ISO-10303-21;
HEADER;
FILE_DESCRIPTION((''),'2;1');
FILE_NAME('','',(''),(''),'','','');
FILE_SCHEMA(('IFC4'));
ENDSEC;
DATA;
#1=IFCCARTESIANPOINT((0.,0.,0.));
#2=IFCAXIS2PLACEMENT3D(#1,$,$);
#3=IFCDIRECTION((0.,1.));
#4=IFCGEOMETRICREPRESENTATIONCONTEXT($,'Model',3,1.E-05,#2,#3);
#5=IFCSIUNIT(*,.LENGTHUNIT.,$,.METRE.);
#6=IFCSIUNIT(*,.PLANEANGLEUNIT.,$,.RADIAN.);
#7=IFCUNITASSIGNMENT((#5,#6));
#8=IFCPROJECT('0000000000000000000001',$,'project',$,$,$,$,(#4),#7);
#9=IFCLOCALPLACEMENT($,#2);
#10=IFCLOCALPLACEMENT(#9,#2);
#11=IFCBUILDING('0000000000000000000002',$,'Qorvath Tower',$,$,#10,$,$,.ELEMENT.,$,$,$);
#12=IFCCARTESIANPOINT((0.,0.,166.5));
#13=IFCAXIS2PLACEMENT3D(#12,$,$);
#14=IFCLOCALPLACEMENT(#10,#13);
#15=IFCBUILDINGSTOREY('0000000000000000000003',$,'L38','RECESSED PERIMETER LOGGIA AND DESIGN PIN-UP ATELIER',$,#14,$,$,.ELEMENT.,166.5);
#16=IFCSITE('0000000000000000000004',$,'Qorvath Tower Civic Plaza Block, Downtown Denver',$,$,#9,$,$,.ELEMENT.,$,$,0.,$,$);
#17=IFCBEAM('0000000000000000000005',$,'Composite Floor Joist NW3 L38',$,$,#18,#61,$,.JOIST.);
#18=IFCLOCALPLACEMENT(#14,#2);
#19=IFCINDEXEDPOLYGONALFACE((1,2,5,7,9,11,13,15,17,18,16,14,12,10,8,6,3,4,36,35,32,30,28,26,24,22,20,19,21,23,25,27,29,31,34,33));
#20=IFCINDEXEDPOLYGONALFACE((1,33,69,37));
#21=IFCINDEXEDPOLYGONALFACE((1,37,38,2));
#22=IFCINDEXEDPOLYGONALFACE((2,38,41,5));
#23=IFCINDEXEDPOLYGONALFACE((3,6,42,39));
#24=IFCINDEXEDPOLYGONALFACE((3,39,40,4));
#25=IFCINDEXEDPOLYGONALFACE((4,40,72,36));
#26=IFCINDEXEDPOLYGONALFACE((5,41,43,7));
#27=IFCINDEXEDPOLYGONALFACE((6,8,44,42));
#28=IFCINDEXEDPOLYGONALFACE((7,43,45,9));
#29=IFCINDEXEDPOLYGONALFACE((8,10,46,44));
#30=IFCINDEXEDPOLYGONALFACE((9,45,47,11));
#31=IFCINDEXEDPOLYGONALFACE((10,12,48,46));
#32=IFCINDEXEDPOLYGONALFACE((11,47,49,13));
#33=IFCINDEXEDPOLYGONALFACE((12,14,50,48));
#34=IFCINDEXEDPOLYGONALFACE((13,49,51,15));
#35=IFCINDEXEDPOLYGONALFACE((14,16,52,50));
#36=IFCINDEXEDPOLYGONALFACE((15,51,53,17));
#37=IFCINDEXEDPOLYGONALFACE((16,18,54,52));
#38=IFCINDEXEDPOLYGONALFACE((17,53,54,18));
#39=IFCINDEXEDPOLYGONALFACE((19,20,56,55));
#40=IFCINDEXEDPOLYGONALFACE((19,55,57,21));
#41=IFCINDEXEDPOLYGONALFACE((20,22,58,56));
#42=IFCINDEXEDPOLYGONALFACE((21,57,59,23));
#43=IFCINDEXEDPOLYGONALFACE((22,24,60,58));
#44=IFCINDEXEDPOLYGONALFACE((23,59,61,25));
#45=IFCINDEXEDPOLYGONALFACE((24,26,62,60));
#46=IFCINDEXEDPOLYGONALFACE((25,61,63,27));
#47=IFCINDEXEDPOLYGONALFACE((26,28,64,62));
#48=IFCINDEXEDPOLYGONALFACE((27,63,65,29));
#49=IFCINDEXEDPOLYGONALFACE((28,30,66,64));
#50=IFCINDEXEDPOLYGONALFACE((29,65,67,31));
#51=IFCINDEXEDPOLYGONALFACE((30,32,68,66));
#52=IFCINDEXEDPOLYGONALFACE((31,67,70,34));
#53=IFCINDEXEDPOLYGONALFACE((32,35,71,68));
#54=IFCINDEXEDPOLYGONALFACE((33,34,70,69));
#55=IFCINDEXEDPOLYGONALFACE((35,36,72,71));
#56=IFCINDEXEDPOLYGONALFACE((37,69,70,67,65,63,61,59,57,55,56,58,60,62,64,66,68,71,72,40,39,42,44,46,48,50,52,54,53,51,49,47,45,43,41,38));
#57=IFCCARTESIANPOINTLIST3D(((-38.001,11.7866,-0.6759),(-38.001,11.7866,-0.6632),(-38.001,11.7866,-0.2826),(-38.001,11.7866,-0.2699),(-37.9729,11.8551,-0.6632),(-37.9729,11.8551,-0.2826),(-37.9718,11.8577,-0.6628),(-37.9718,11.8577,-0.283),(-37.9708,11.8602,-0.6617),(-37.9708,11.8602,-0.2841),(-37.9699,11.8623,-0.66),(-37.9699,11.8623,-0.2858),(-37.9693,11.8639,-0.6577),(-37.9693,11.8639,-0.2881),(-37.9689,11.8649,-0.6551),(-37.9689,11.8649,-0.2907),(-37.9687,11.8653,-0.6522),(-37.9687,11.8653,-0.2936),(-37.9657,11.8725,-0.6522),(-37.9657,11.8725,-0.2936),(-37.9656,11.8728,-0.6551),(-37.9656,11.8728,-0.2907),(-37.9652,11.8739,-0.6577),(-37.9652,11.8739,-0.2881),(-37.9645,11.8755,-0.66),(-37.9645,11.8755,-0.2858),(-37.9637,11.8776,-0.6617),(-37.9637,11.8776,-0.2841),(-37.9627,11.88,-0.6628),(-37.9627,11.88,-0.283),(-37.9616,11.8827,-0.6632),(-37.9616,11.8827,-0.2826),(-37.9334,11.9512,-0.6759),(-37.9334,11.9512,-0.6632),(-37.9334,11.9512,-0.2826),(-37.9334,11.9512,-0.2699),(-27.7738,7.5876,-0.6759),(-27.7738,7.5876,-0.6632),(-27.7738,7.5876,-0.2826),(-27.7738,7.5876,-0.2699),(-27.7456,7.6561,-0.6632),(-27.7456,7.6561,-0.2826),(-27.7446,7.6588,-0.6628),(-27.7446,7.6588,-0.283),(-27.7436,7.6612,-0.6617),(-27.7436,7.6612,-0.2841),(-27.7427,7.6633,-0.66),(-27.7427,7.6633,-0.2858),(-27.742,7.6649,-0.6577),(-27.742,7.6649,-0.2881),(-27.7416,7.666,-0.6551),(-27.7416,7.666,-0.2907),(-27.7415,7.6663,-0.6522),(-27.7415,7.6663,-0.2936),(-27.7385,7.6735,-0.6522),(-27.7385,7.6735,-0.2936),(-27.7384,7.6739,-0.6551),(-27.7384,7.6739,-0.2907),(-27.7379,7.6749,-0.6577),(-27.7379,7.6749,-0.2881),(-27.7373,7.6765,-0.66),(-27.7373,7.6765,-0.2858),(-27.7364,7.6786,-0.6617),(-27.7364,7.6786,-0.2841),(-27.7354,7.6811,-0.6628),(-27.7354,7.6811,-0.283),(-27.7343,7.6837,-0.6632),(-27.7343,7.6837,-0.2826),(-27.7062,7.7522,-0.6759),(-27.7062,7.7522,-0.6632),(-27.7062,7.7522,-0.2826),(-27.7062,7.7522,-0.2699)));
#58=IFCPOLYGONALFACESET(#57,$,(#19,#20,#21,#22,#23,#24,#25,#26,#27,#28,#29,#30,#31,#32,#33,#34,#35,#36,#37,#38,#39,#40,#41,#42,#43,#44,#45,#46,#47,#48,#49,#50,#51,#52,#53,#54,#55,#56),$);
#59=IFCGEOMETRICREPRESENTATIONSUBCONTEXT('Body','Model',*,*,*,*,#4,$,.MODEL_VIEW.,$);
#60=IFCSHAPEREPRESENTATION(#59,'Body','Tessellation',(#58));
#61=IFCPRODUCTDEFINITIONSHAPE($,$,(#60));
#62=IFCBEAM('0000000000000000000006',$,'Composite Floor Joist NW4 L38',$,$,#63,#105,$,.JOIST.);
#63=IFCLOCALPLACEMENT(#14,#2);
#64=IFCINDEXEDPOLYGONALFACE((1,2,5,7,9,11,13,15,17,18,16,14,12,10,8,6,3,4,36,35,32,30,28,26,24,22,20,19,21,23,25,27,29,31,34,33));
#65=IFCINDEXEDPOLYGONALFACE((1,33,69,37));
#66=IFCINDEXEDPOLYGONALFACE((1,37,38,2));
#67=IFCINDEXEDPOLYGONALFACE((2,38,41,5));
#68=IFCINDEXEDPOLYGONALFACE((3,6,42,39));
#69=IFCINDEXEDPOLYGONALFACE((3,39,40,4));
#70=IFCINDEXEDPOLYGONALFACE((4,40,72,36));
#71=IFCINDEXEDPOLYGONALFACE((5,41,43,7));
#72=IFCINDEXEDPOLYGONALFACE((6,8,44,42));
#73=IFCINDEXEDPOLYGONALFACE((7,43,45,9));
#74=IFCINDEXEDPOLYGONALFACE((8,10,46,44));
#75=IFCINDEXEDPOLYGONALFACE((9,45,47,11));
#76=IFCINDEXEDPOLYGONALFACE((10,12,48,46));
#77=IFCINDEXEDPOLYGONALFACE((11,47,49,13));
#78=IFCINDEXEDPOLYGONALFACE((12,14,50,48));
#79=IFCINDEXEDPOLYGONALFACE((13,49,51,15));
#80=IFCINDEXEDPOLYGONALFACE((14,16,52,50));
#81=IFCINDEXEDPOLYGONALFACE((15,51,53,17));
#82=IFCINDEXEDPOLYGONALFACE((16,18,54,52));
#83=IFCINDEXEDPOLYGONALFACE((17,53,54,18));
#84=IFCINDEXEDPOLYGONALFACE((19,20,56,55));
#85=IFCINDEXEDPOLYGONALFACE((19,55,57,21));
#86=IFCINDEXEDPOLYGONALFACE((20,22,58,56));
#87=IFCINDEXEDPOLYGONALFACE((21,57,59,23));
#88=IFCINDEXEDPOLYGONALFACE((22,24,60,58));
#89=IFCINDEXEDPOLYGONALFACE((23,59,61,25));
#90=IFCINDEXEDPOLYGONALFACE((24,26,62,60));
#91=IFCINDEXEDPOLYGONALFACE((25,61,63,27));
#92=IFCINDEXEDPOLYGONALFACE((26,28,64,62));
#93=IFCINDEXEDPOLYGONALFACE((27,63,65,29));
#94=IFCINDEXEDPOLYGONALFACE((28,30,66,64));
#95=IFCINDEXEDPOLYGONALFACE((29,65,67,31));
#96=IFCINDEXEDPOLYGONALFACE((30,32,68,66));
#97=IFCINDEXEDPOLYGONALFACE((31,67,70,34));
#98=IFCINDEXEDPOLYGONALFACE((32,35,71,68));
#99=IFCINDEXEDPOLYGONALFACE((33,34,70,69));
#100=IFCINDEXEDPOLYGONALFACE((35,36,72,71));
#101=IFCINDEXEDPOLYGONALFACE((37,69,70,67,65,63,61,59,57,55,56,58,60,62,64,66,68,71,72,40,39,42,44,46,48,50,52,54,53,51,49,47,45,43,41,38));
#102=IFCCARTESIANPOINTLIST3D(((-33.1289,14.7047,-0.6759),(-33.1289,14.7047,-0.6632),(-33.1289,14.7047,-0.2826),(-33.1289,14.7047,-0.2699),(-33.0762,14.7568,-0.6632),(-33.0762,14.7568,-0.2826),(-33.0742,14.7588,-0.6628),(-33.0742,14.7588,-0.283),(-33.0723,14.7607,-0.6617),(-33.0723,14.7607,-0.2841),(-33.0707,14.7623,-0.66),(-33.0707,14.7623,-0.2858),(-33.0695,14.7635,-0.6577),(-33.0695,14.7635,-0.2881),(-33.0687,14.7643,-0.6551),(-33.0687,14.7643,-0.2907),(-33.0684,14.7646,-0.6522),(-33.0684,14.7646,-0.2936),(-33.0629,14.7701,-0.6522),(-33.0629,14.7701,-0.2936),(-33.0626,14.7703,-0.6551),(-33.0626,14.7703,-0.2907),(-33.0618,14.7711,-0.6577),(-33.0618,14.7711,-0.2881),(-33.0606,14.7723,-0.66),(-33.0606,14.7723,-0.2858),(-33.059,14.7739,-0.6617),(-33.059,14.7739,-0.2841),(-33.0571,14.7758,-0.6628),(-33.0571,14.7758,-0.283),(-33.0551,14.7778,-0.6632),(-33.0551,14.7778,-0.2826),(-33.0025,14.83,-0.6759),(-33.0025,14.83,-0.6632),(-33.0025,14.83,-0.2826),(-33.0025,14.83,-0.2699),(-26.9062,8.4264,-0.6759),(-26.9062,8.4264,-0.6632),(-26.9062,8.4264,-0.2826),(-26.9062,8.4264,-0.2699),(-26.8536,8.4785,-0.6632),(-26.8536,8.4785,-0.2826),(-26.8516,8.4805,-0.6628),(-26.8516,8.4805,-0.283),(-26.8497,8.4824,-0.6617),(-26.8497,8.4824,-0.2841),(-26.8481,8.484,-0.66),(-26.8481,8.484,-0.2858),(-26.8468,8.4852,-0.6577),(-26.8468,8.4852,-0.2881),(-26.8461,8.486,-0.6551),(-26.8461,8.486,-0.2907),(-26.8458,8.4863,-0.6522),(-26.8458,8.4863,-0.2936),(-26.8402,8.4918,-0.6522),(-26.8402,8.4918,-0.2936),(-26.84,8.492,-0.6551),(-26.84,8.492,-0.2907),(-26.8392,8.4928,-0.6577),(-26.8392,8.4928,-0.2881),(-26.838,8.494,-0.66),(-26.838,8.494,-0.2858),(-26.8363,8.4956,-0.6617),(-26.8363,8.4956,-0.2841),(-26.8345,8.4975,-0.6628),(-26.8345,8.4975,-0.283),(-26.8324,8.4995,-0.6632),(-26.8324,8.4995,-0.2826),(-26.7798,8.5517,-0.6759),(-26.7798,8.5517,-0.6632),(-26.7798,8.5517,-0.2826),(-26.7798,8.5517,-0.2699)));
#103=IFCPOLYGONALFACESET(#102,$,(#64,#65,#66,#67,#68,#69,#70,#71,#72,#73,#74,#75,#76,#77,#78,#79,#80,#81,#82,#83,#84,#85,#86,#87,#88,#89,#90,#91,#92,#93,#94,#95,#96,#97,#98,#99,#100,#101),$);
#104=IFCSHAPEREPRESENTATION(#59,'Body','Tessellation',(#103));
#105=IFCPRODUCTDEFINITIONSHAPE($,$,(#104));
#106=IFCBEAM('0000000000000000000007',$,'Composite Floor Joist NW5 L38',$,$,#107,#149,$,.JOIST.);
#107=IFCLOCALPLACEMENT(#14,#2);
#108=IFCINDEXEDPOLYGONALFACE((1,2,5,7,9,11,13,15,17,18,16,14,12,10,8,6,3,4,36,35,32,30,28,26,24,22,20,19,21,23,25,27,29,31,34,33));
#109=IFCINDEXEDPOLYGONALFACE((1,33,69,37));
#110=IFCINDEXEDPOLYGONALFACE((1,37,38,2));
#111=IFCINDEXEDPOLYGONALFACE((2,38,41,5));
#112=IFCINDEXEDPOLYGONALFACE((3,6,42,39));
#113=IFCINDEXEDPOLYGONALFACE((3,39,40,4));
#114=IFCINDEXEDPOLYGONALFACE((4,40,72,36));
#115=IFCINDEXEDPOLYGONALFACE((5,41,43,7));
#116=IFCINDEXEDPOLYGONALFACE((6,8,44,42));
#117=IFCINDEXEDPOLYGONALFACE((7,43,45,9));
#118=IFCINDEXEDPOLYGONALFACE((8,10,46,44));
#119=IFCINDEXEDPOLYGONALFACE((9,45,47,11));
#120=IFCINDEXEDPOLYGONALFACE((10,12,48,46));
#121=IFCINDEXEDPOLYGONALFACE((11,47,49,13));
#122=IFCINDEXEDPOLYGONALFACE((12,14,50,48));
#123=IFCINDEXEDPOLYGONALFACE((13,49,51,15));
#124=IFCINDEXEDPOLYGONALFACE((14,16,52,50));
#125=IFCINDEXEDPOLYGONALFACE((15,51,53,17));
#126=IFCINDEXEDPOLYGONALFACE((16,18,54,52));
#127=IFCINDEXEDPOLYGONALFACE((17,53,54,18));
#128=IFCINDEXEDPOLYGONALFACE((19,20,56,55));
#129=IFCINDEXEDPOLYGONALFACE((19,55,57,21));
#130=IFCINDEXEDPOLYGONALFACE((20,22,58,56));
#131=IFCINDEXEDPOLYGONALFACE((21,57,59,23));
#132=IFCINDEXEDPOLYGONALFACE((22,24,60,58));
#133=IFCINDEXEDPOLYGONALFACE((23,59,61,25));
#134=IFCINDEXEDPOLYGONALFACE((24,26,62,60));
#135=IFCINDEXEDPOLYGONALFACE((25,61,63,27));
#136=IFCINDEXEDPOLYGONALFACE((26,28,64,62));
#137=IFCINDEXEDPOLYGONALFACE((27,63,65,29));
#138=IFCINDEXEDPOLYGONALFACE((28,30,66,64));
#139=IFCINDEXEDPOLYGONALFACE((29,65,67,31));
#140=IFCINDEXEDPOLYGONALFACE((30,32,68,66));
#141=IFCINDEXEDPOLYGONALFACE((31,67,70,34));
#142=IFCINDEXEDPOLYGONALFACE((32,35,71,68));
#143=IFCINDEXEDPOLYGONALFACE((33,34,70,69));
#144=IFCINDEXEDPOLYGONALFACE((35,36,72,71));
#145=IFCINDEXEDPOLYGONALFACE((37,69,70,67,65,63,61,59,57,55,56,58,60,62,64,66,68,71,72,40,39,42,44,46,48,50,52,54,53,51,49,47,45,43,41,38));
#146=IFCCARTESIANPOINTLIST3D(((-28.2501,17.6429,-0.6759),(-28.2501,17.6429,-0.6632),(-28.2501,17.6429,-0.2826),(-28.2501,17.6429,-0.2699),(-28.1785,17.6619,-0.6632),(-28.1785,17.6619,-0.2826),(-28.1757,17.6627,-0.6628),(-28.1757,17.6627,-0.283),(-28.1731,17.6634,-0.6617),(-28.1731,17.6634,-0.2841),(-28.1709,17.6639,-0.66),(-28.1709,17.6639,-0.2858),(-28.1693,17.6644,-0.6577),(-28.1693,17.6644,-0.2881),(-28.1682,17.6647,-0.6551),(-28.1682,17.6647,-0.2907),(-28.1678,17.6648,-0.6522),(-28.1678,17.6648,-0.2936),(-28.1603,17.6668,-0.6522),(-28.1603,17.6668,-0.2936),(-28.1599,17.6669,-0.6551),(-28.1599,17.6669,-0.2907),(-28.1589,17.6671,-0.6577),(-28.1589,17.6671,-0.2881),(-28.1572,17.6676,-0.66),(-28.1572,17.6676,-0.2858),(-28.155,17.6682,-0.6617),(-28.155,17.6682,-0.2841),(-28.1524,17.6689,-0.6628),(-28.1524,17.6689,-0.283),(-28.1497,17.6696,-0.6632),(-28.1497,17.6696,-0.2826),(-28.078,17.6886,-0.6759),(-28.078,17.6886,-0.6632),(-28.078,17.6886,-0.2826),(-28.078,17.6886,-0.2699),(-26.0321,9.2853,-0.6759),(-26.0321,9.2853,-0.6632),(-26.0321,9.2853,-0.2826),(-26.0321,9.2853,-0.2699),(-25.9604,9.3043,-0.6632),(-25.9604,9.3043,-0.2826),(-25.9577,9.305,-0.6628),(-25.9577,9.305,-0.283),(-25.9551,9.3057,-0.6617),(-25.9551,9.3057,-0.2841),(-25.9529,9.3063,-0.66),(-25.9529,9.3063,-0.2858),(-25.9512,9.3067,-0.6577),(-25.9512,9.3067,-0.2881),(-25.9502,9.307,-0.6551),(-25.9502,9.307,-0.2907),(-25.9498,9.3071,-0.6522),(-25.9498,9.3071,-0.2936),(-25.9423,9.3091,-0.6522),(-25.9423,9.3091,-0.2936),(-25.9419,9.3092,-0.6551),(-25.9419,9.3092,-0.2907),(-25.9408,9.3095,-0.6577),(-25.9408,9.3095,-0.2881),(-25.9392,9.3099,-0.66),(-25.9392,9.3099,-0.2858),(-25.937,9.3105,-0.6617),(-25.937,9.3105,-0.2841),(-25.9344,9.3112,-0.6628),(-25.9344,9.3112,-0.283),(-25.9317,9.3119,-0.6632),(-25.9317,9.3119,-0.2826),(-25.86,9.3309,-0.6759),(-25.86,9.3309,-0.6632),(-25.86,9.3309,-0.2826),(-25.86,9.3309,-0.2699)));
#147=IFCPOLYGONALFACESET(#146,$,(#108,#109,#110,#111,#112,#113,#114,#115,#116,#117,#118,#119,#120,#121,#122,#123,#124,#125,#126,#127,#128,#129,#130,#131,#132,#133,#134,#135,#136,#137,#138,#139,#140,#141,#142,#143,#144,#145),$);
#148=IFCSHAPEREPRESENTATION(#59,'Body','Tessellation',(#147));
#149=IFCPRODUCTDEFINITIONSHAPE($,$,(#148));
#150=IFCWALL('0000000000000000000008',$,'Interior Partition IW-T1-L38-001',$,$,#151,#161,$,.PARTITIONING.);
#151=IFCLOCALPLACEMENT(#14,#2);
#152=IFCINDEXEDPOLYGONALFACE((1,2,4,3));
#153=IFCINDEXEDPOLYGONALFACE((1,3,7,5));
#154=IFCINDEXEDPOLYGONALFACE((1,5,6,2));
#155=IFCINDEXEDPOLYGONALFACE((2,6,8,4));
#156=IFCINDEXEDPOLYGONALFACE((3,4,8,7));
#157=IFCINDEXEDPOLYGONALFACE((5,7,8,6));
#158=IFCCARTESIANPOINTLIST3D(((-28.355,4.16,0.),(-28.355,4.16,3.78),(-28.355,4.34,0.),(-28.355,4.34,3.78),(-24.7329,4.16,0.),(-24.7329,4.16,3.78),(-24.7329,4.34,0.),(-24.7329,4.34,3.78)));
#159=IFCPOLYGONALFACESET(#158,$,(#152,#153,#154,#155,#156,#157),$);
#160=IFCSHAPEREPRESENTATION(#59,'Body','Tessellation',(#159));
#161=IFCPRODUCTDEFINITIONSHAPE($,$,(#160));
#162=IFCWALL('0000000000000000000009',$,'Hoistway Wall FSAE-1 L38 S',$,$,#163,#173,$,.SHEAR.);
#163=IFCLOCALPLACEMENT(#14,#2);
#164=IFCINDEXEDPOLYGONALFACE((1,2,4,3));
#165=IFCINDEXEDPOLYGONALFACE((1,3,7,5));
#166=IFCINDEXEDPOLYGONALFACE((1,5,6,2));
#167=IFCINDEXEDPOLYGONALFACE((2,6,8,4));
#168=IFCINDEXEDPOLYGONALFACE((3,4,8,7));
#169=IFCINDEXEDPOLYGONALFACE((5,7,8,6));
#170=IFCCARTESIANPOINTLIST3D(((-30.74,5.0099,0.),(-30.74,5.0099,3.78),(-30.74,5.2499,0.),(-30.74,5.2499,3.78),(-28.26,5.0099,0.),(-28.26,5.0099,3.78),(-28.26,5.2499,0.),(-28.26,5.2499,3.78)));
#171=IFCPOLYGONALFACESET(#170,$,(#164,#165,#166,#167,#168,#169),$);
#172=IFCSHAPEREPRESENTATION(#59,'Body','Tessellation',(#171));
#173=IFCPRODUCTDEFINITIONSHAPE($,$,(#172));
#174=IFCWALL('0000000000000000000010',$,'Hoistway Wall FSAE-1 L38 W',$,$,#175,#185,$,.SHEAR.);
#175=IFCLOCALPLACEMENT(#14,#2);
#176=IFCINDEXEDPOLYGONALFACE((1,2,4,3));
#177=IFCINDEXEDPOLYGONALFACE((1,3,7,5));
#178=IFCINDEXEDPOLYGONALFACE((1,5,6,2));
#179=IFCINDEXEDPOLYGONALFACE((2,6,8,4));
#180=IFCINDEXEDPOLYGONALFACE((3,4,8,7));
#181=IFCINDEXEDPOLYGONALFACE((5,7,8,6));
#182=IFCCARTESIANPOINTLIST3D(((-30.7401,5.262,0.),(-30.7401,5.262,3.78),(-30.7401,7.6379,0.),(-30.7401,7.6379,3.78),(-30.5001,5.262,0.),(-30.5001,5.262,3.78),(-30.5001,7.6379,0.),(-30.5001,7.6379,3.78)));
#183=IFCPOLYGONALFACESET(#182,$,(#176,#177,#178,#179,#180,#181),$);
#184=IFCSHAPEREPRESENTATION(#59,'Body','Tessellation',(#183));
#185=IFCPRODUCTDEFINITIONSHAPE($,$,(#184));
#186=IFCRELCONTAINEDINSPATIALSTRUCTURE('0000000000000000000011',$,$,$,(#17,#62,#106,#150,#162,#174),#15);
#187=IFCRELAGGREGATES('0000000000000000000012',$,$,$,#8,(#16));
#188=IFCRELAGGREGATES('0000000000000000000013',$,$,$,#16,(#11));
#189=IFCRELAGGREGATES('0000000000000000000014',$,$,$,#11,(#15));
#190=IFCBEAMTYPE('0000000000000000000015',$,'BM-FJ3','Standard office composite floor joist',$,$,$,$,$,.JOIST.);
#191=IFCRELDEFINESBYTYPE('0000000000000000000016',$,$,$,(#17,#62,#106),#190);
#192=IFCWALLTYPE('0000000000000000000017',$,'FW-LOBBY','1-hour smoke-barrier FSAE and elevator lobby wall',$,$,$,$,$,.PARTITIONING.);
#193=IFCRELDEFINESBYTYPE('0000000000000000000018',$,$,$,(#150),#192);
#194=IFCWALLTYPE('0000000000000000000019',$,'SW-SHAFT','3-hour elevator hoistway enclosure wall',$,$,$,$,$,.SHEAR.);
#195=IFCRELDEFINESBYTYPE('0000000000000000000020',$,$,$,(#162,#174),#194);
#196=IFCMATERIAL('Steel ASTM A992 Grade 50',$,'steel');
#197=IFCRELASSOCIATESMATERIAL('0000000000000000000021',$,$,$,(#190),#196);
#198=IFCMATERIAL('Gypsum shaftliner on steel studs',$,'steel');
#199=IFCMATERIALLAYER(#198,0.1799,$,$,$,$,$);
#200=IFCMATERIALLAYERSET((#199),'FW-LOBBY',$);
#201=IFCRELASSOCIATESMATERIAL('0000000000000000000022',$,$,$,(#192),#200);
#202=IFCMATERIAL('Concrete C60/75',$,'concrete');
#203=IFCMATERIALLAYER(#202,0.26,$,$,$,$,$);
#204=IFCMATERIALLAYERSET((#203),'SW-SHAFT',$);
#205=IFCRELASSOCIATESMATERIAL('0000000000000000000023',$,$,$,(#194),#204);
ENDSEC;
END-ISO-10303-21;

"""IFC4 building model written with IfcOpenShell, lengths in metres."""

from ifc_helpers import new_model, si_unit, direction, frame, frame_2d, origin, origin_2d, place, context, subcontext, project, spatial, rectangle, i_section, extrude, material, layer, layer_set, material_profile, profile_set, type_object, element, save


model = new_model("IFC4")

# Units and contexts
model_context = context("Model", 3, precision=1e-05, world=origin(), true_north=direction((0.0, 1.0)))
body_context = subcontext(model_context, "Body", "Model", "MODEL_VIEW")
ifc_project = project(units=[si_unit("LENGTHUNIT", "METRE"), si_unit("PLANEANGLEUNIT", "RADIAN")], contexts=[model_context])

# Site, building, storey
site_placement = place(None, origin())
site = spatial("IfcSite", under=ifc_project, at=site_placement, Name="Qorvath Tower Civic Plaza Block, Downtown Denver", CompositionType="ELEMENT", RefElevation=0.0)
building_placement = place(site_placement, origin())
building = spatial("IfcBuilding", under=site, at=building_placement, Name="Qorvath Tower", CompositionType="ELEMENT")
storey_placement = place(building_placement, frame((0.0, 0.0, 166.5)))
storey = spatial("IfcBuildingStorey", under=building, at=storey_placement, Name="L38", Description="RECESSED PERIMETER LOGGIA AND DESIGN PIN-UP ATELIER", CompositionType="ELEMENT", Elevation=166.5)

# Beams
ifc_material_1 = material(Name="Steel ASTM A992 Grade 50", Category="steel")
ifc_material_profile_1 = material_profile(ifc_material_1, i_section(OverallWidth=0.178, OverallDepth=0.406, WebThickness=0.0078, FlangeThickness=0.0127, FilletRadius=0.011, at=origin_2d()), Name="W16x40")
ifc_profile_set_1 = profile_set([ifc_material_profile_1], Name="Steel ASTM A992 Grade 50")
beam_type_1 = type_object("IfcBeamType", Name="BM-FJ3", Description="Standard office composite floor joist", PredefinedType="JOIST", material=ifc_profile_set_1)
beam_1_placement = place(storey_placement, frame((-27.74, 7.6699, -0.4729), z_axis=(-0.925068, 0.379801, 0.0), x_axis=(-0.379801, -0.925068, 0.0)))
element("IfcBeam", 1, at=beam_1_placement, inside=storey, type_object=beam_type_1, Name="Composite Floor Joist NW3 L38", PredefinedType="JOIST", context=body_context, shape_type="SweptSolid", body=[
    extrude(i_section(OverallWidth=0.178, OverallDepth=0.406, WebThickness=0.0078, FlangeThickness=0.0127, FilletRadius=0.011, at=origin_2d()), origin(), (0.0, 0.0, 1.0), 11.0557),
])
beam_2_placement = place(storey_placement, frame((-26.843, 8.489, -0.4729), z_axis=(-0.703951, 0.710248, 0.0), x_axis=(-0.710248, -0.703951, 0.0)))
element("IfcBeam", 2, at=beam_2_placement, inside=storey, type_object=beam_type_1, Name="Composite Floor Joist NW4 L38", PredefinedType="JOIST", context=body_context, shape_type="SweptSolid", body=[
    extrude(i_section(OverallWidth=0.178, OverallDepth=0.406, WebThickness=0.0078, FlangeThickness=0.0127, FilletRadius=0.011, at=origin_2d()), origin(), (0.0, 0.0, 1.0), 8.8396),
])
beam_3_placement = place(storey_placement, frame((-25.946, 9.3081, -0.4729), z_axis=(-0.256508, 0.966542, 0.0), x_axis=(-0.966542, -0.256508, 0.0)))
element("IfcBeam", 3, at=beam_3_placement, inside=storey, type_object=beam_type_1, Name="Composite Floor Joist NW5 L38", PredefinedType="JOIST", context=body_context, shape_type="SweptSolid", body=[
    extrude(i_section(OverallWidth=0.178, OverallDepth=0.406, WebThickness=0.0078, FlangeThickness=0.0127, FilletRadius=0.011, at=origin_2d()), origin(), (0.0, 0.0, 1.0), 8.647),
])

# Wall
ifc_material_2 = material(Name="Gypsum shaftliner on steel studs", Category="steel")
ifc_layer_1 = layer(ifc_material_2, 0.1799)
ifc_layer_set_1 = layer_set([ifc_layer_1], Name="FW-LOBBY")
wall_type_1 = type_object("IfcWallType", Name="FW-LOBBY", Description="1-hour smoke-barrier FSAE and elevator lobby wall", PredefinedType="PARTITIONING", material=ifc_layer_set_1)
wall_1_placement = place(storey_placement, frame((-28.355, 4.25, 0.0), z_axis=(0.0, 0.0, 1.0), x_axis=(1.0, 0.0, 0.0)))
element("IfcWall", 4, at=wall_1_placement, inside=storey, type_object=wall_type_1, Name="Interior Partition IW-T1-L38-001", PredefinedType="PARTITIONING", context=body_context, shape_type="SweptSolid", body=[
    extrude(rectangle(XDim=3.6221, YDim=0.1799, at=frame_2d((1.811, 0.0))), origin(), (0.0, 0.0, 1.0), 3.78),
])

# Walls
ifc_material_3 = material(Name="Concrete C60/75", Category="concrete")
ifc_layer_2 = layer(ifc_material_3, 0.26)
ifc_layer_set_2 = layer_set([ifc_layer_2], Name="SW-SHAFT")
wall_type_2 = type_object("IfcWallType", Name="SW-SHAFT", Description="3-hour elevator hoistway enclosure wall", PredefinedType="SHEAR", material=ifc_layer_set_2)
wall_2_placement = place(storey_placement, frame((-28.26, 5.1299, 0.0), z_axis=(0.0, 0.0, 1.0), x_axis=(-1.0, 0.0, 0.0)))
element("IfcWall", 5, at=wall_2_placement, inside=storey, type_object=wall_type_2, Name="Hoistway Wall FSAE-1 L38 S", PredefinedType="SHEAR", context=body_context, shape_type="SweptSolid", body=[
    extrude(rectangle(XDim=2.48, YDim=0.24, at=frame_2d((1.24, 0.0))), origin(), (0.0, 0.0, 1.0), 3.78),
])
wall_3_placement = place(storey_placement, frame((-30.6201, 5.262, 0.0), z_axis=(0.0, 0.0, 1.0), x_axis=(0.0, 1.0, 0.0)))
element("IfcWall", 6, at=wall_3_placement, inside=storey, type_object=wall_type_2, Name="Hoistway Wall FSAE-1 L38 W", PredefinedType="SHEAR", context=body_context, shape_type="SweptSolid", body=[
    extrude(rectangle(XDim=2.376, YDim=0.24, at=frame_2d((1.188, 0.0))), origin(), (0.0, 0.0, 1.0), 3.78),
])

save(model, "model.ifc")
